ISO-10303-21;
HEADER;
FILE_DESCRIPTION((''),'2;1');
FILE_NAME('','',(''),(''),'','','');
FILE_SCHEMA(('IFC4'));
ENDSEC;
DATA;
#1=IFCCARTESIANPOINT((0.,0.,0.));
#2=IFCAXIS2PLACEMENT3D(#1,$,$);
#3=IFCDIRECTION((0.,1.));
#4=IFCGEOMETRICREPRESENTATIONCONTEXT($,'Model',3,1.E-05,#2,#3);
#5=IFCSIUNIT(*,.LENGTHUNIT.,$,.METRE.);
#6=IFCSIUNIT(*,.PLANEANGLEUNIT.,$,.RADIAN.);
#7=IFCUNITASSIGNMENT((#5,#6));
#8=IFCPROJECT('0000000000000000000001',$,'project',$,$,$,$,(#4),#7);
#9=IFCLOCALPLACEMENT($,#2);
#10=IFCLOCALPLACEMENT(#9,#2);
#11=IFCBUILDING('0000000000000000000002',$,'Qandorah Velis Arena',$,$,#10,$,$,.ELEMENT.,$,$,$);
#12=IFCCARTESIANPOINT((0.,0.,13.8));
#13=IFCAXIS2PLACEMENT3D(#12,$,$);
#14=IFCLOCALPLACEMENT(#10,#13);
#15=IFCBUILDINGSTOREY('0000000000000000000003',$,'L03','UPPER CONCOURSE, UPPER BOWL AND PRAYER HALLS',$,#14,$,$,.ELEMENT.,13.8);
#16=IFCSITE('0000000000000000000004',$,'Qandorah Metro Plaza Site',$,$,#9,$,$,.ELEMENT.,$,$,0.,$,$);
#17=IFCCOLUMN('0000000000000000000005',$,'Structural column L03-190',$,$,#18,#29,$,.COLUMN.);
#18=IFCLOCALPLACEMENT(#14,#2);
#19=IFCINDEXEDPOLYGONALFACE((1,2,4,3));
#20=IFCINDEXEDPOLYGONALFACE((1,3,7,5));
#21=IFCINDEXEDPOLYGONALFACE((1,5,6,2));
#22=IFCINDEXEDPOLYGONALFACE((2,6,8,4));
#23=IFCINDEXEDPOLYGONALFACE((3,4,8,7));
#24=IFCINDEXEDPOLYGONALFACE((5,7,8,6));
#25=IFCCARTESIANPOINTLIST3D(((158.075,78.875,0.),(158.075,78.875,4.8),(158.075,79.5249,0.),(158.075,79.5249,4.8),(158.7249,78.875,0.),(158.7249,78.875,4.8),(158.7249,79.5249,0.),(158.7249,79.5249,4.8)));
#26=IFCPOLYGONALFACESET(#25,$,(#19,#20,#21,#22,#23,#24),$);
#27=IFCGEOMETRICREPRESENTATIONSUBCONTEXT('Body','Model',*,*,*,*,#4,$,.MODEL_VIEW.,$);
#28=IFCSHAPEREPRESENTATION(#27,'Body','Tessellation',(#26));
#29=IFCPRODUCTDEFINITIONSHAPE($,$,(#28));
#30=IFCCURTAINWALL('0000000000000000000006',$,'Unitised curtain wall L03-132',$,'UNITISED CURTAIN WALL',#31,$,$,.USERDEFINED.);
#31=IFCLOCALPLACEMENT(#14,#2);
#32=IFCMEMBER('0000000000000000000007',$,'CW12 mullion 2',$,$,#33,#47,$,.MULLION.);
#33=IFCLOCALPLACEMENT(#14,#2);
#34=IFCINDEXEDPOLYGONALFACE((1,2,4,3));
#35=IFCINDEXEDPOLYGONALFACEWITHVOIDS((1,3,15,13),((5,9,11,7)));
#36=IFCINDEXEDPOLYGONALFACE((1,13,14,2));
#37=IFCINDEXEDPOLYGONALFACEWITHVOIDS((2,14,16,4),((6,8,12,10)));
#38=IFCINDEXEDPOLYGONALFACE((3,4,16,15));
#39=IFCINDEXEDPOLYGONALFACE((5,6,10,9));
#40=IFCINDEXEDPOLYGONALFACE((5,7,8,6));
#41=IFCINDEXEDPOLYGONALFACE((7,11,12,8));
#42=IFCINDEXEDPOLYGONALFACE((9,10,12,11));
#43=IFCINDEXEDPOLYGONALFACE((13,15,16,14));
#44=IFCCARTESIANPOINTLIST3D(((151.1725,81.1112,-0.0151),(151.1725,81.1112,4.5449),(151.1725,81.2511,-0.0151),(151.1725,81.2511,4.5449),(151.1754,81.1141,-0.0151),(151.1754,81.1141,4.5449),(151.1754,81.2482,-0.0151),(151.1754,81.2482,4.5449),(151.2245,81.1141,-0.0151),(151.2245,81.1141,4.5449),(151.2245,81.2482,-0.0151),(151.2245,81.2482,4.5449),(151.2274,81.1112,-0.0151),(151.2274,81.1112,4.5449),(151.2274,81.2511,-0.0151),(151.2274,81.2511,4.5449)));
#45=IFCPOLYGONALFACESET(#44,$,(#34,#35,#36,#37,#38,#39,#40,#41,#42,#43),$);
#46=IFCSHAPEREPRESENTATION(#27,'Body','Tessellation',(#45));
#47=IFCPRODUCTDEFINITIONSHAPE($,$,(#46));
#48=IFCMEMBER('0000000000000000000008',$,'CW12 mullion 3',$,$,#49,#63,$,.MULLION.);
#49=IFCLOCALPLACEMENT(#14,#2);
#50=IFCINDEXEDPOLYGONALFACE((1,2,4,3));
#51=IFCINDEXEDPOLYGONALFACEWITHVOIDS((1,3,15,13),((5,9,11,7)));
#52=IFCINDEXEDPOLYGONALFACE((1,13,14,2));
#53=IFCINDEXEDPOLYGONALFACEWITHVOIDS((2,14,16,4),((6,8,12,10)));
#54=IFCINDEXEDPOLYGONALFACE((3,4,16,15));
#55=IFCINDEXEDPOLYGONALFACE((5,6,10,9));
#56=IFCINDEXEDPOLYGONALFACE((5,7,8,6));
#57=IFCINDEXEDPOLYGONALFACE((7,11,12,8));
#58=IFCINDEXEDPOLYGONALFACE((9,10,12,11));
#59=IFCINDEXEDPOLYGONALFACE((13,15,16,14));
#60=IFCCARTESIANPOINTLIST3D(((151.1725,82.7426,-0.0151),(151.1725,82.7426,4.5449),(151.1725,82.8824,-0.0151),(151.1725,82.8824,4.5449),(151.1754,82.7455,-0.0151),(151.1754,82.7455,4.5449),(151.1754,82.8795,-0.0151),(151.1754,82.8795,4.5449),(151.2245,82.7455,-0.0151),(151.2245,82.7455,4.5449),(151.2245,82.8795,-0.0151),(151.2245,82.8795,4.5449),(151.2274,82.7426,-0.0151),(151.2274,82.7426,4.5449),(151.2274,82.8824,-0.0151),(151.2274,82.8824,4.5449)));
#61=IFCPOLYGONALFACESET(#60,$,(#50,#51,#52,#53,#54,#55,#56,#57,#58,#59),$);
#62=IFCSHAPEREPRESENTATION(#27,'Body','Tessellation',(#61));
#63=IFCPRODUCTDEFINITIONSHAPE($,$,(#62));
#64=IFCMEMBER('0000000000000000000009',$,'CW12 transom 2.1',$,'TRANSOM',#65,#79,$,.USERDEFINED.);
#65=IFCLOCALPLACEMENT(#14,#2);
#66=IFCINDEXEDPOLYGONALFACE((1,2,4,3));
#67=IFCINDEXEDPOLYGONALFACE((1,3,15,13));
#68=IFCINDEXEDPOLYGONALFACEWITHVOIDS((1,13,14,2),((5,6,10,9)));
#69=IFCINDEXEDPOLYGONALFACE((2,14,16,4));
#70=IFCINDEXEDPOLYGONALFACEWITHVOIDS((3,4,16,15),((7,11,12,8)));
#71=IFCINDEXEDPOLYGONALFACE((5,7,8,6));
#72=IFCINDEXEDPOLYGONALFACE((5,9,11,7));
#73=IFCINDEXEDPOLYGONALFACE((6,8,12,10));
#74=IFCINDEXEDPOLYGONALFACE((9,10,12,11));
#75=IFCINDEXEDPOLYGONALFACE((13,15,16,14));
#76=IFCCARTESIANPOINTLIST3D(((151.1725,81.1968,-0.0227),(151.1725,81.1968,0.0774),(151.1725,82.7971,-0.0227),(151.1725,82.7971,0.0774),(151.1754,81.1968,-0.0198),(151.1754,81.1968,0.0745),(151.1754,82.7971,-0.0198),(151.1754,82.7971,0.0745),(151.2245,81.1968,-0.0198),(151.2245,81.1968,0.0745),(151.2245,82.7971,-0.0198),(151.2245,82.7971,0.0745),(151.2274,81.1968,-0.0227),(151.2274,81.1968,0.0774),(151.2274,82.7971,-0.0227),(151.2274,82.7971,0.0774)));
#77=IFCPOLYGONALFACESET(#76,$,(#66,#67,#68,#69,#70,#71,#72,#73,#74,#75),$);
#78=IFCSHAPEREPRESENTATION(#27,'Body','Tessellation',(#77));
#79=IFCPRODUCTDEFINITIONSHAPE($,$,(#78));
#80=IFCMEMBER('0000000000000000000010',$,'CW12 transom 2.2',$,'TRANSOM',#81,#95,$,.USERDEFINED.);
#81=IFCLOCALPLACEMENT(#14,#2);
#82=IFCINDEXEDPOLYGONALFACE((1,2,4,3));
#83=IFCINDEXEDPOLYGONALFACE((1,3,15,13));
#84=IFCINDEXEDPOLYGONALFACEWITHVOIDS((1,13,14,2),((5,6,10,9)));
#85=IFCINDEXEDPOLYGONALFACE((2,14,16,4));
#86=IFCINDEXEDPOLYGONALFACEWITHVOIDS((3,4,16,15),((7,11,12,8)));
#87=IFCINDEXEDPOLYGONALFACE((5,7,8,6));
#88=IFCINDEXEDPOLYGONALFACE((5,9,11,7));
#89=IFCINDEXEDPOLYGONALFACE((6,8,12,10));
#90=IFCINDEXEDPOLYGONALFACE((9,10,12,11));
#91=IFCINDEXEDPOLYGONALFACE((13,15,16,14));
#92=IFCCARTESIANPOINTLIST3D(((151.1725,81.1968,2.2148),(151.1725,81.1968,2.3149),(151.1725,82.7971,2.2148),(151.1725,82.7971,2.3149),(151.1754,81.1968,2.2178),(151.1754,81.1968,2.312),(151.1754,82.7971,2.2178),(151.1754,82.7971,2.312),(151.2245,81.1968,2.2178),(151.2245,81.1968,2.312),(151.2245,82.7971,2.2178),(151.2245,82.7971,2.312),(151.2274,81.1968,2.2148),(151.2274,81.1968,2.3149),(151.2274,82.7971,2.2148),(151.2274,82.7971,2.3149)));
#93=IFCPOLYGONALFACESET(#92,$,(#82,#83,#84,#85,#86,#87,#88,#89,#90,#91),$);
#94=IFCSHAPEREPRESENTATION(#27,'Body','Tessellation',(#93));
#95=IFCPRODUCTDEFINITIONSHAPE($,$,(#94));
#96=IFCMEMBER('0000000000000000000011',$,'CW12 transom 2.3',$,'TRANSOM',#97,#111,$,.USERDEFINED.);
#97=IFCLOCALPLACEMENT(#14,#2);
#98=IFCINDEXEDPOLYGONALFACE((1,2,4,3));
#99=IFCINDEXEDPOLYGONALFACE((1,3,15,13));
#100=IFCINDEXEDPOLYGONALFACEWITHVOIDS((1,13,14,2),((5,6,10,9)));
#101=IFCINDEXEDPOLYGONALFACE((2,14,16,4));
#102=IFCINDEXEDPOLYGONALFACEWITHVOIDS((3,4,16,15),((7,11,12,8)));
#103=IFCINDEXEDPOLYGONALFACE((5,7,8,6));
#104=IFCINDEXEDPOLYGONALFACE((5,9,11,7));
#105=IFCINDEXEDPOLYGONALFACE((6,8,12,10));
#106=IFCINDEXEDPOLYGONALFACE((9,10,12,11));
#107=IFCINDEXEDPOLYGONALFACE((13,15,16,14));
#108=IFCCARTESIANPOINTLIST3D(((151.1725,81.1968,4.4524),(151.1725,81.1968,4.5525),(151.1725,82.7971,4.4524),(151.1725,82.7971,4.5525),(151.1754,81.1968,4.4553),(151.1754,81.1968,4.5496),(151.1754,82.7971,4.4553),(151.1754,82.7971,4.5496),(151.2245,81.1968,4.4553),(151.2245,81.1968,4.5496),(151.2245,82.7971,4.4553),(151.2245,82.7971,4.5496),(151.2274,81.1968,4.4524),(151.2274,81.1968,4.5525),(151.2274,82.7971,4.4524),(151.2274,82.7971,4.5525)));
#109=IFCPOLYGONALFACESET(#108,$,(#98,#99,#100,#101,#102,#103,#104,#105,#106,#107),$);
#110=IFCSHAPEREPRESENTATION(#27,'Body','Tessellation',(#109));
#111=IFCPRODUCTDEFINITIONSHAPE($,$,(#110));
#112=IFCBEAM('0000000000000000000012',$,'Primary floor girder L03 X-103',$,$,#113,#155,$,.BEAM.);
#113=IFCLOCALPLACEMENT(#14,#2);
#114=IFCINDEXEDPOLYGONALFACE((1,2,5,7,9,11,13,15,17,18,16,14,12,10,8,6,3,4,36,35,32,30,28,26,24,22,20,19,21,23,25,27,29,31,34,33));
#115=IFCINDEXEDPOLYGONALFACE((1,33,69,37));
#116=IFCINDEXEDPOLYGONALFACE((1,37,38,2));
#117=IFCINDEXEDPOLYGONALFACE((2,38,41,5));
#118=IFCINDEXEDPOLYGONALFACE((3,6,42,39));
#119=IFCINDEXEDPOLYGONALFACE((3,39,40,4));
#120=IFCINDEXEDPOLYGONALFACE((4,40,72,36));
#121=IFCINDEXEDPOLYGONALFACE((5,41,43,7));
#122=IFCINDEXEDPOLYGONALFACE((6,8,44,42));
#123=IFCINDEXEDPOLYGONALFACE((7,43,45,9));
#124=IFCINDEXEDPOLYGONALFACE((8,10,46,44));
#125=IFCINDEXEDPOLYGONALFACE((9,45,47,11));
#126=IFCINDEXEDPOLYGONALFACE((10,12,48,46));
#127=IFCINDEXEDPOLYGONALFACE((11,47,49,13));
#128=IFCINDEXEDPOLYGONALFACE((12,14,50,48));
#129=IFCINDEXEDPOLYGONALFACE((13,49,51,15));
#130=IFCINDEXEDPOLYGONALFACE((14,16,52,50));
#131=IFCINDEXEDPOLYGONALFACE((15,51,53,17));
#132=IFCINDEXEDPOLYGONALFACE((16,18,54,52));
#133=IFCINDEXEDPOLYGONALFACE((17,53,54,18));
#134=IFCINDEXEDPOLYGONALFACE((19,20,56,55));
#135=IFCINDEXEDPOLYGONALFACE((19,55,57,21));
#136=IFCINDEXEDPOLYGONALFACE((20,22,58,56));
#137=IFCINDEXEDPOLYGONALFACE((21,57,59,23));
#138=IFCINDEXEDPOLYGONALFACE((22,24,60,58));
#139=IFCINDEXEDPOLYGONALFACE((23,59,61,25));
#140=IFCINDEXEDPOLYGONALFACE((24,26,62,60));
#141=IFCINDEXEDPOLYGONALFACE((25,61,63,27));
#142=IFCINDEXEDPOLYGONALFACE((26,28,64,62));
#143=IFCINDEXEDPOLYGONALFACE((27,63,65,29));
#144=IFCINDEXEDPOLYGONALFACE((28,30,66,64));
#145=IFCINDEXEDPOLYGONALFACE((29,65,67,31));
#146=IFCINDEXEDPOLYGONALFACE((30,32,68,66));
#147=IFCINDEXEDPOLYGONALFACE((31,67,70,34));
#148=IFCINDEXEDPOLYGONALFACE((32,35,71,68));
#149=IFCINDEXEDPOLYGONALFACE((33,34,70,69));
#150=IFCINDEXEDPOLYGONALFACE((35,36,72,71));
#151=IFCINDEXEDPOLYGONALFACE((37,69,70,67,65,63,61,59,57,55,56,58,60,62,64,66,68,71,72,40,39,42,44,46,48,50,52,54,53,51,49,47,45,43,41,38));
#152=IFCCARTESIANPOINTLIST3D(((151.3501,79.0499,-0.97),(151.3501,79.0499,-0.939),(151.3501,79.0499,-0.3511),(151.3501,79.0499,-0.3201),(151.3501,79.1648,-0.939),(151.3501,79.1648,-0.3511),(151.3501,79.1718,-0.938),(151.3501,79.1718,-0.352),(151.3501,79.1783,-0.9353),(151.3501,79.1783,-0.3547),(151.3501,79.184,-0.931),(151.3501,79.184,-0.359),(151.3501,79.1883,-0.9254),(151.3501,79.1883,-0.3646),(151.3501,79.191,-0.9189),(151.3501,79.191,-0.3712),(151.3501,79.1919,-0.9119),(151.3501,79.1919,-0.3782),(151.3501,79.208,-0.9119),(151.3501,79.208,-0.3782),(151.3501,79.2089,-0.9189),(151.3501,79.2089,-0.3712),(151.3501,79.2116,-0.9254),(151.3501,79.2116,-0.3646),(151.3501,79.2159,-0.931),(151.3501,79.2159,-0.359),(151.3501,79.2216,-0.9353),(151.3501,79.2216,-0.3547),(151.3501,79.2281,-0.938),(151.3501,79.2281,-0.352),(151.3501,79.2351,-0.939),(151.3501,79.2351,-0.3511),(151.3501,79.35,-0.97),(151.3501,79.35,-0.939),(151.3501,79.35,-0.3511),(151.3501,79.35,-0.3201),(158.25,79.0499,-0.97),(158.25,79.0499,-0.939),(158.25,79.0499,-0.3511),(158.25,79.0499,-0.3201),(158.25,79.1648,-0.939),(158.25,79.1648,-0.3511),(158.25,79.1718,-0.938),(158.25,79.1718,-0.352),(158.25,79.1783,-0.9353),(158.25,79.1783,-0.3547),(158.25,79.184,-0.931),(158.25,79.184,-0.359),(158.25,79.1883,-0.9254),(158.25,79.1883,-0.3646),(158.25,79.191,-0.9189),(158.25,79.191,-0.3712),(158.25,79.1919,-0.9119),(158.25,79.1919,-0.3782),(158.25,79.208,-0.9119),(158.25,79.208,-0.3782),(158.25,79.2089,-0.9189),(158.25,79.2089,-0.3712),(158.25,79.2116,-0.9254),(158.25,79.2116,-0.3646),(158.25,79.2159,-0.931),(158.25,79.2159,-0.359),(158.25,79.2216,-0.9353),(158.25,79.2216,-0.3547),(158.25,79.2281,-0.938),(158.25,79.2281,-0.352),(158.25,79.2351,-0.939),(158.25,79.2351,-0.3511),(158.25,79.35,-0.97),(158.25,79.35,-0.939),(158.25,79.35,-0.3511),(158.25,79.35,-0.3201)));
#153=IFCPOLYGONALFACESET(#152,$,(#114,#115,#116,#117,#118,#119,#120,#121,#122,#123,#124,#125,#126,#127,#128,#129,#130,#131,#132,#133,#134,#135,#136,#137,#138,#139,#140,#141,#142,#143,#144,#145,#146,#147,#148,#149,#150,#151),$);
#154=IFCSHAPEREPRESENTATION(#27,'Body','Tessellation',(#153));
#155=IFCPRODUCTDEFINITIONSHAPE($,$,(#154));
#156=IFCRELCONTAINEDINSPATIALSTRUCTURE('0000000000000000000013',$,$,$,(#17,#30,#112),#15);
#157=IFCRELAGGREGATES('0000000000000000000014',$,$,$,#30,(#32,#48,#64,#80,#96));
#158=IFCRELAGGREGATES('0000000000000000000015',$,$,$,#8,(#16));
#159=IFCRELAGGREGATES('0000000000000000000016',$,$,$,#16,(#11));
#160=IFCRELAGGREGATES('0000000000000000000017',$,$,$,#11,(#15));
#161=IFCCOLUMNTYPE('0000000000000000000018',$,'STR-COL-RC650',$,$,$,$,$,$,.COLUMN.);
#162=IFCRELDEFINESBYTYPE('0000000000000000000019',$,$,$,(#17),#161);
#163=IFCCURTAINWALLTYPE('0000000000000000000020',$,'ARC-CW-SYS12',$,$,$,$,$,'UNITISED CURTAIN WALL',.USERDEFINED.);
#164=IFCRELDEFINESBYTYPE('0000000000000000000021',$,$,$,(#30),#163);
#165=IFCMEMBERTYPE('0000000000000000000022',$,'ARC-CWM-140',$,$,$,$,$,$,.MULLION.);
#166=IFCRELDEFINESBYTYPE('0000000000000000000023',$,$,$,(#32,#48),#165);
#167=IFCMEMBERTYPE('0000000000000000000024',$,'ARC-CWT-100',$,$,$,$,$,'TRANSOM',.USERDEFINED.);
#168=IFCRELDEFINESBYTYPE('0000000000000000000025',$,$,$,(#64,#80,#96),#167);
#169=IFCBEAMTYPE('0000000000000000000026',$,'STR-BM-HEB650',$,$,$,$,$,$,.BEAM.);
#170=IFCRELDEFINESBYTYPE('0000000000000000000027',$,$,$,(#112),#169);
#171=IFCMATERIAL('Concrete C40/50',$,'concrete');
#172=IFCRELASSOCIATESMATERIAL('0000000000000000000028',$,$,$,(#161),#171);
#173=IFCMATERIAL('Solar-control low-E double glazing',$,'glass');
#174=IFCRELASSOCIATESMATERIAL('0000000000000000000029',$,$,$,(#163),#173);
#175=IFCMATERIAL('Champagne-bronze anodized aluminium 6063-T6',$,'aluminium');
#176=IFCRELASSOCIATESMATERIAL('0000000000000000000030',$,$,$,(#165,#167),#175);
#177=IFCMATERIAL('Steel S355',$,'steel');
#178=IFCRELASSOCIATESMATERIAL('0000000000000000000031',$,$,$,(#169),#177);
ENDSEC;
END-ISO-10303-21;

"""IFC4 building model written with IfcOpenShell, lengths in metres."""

from ifc_helpers import new_model, si_unit, direction, frame, origin, origin_2d, place, context, subcontext, project, spatial, rectangle, hollow_rectangle, i_section, extrude, material, material_profile, profile_set, type_object, element, aggregate, save


model = new_model("IFC4")

# Units and contexts
model_context = context("Model", 3, precision=1e-05, world=origin(), true_north=direction((0.0, 1.0)))
body_context = subcontext(model_context, "Body", "Model", "MODEL_VIEW")
ifc_project = project(units=[si_unit("LENGTHUNIT", "METRE"), si_unit("PLANEANGLEUNIT", "RADIAN")], contexts=[model_context])

# Site, building, storey
site_placement = place(None, origin())
site = spatial("IfcSite", under=ifc_project, at=site_placement, Name="Qandorah Metro Plaza Site", CompositionType="ELEMENT", RefElevation=0.0)
building_placement = place(site_placement, origin())
building = spatial("IfcBuilding", under=site, at=building_placement, Name="Qandorah Velis Arena", CompositionType="ELEMENT")
storey_placement = place(building_placement, frame((0.0, 0.0, 13.8)))
storey = spatial("IfcBuildingStorey", under=building, at=storey_placement, Name="L03", Description="UPPER CONCOURSE, UPPER BOWL AND PRAYER HALLS", CompositionType="ELEMENT", Elevation=13.8)

# Column
ifc_material_1 = material(Name="Concrete C40/50", Category="concrete")
ifc_material_profile_1 = material_profile(ifc_material_1, rectangle(XDim=0.6499, YDim=0.6499, at=origin_2d()), Name="RC COL 650x650")
ifc_profile_set_1 = profile_set([ifc_material_profile_1], Name="Concrete C40/50")
column_type = type_object("IfcColumnType", Name="STR-COL-RC650", PredefinedType="COLUMN", material=ifc_profile_set_1)
column_placement = place(storey_placement, frame((158.3999, 79.2, 0.0), z_axis=(0.0, 0.0, 1.0), x_axis=(1.0, 0.0, 0.0)))
element("IfcColumn", 1, at=column_placement, inside=storey, type_object=column_type, Name="Structural column L03-190", PredefinedType="COLUMN", context=body_context, shape_type="SweptSolid", body=[
    extrude(rectangle(XDim=0.6499, YDim=0.6499, at=origin_2d()), origin(), (0.0, 0.0, 1.0), 4.8),
])

# Curtain wall, members
ifc_material_2 = material(Name="Solar-control low-E double glazing", Category="glass")
curtain_wall_type = type_object("IfcCurtainWallType", Name="ARC-CW-SYS12", ElementType="UNITISED CURTAIN WALL", PredefinedType="USERDEFINED", material=ifc_material_2)
curtain_wall_placement = place(storey_placement, origin())
curtain_wall = element("IfcCurtainWall", 2, at=curtain_wall_placement, inside=storey, type_object=curtain_wall_type, Name="Unitised curtain wall L03-132", ObjectType="UNITISED CURTAIN WALL", PredefinedType="USERDEFINED")
ifc_material_3 = material(Name="Champagne-bronze anodized aluminium 6063-T6", Category="aluminium")
ifc_material_profile_2 = material_profile(ifc_material_3, hollow_rectangle(XDim=0.0549, YDim=0.1399, WallThickness=0.0029, at=origin_2d()), Name="ALU MULLION 55x140")
ifc_profile_set_2 = profile_set([ifc_material_profile_2], Name="Champagne-bronze anodized aluminium 6063-T6")
member_type_1 = type_object("IfcMemberType", Name="ARC-CWM-140", PredefinedType="MULLION", material=ifc_profile_set_2)
member_1_placement = place(storey_placement, frame((151.2, 81.1812, -0.0151), z_axis=(0.0, 0.0, 1.0), x_axis=(-1.0, 0.0, 0.0)))
member_1 = element("IfcMember", 3, at=member_1_placement, type_object=member_type_1, Name="CW12 mullion 2", PredefinedType="MULLION", context=body_context, shape_type="SweptSolid", body=[
    extrude(hollow_rectangle(XDim=0.0549, YDim=0.1399, WallThickness=0.0029, at=origin_2d()), origin(), (0.0, 0.0, 1.0), 4.5601),
])
member_2_placement = place(storey_placement, frame((151.2, 82.8125, -0.0151), z_axis=(0.0, 0.0, 1.0), x_axis=(-1.0, 0.0, 0.0)))
member_2 = element("IfcMember", 4, at=member_2_placement, type_object=member_type_1, Name="CW12 mullion 3", PredefinedType="MULLION", context=body_context, shape_type="SweptSolid", body=[
    extrude(hollow_rectangle(XDim=0.0549, YDim=0.1399, WallThickness=0.0029, at=origin_2d()), origin(), (0.0, 0.0, 1.0), 4.5601),
])
ifc_material_profile_3 = material_profile(ifc_material_3, hollow_rectangle(XDim=0.0549, YDim=0.1001, WallThickness=0.0029, at=origin_2d()), Name="ALU TRANSOM 55x100")
ifc_profile_set_3 = profile_set([ifc_material_profile_3], Name="Champagne-bronze anodized aluminium 6063-T6")
member_type_2 = type_object("IfcMemberType", Name="ARC-CWT-100", ElementType="TRANSOM", PredefinedType="USERDEFINED", material=ifc_profile_set_3)
member_3_placement = place(storey_placement, frame((151.2, 81.1968, 0.0273), z_axis=(0.0, 1.0, 0.0), x_axis=(-1.0, 0.0, 0.0)))
member_3 = element("IfcMember", 5, at=member_3_placement, type_object=member_type_2, Name="CW12 transom 2.1", ObjectType="TRANSOM", PredefinedType="USERDEFINED", context=body_context, shape_type="SweptSolid", body=[
    extrude(hollow_rectangle(XDim=0.0549, YDim=0.1001, WallThickness=0.0029, at=origin_2d()), origin(), (0.0, 0.0, 1.0), 1.6003),
])
member_4_placement = place(storey_placement, frame((151.2, 81.1968, 2.2649), z_axis=(0.0, 1.0, 0.0), x_axis=(-1.0, 0.0, 0.0)))
member_4 = element("IfcMember", 6, at=member_4_placement, type_object=member_type_2, Name="CW12 transom 2.2", ObjectType="TRANSOM", PredefinedType="USERDEFINED", context=body_context, shape_type="SweptSolid", body=[
    extrude(hollow_rectangle(XDim=0.0549, YDim=0.1001, WallThickness=0.0029, at=origin_2d()), origin(), (0.0, 0.0, 1.0), 1.6003),
])
member_5_placement = place(storey_placement, frame((151.2, 81.1968, 4.5024), z_axis=(0.0, 1.0, 0.0), x_axis=(-1.0, 0.0, 0.0)))
member_5 = element("IfcMember", 7, at=member_5_placement, type_object=member_type_2, Name="CW12 transom 2.3", ObjectType="TRANSOM", PredefinedType="USERDEFINED", context=body_context, shape_type="SweptSolid", body=[
    extrude(hollow_rectangle(XDim=0.0549, YDim=0.1001, WallThickness=0.0029, at=origin_2d()), origin(), (0.0, 0.0, 1.0), 1.6003),
])

# Beam
ifc_material_4 = material(Name="Steel S355", Category="steel")
ifc_material_profile_4 = material_profile(ifc_material_4, i_section(OverallWidth=0.3, OverallDepth=0.6499, WebThickness=0.0161, FlangeThickness=0.031, FilletRadius=0.0271, at=origin_2d()), Name="HEB 650")
ifc_profile_set_4 = profile_set([ifc_material_profile_4], Name="Steel S355")
beam_type = type_object("IfcBeamType", Name="STR-BM-HEB650", PredefinedType="BEAM", material=ifc_profile_set_4)
for number, where, z_axis, x_axis, name in (
    (8, (151.3501, 79.2, -0.645), (1.0, 0.0, 0.0), (0.0, 1.0, 0.0), "Primary floor girder L03 X-103"),
):
    element("IfcBeam", number, at=place(storey_placement, frame(where, z_axis=z_axis, x_axis=x_axis)), inside=storey, type_object=beam_type, Name=name, PredefinedType="BEAM", context=body_context, shape_type="SweptSolid", body=[
        extrude(i_section(OverallWidth=0.3, OverallDepth=0.6499, WebThickness=0.0161, FlangeThickness=0.031, FilletRadius=0.0271, at=origin_2d()), origin(), (0.0, 0.0, 1.0), 6.8999),
    ])

aggregate(curtain_wall, [member_1, member_2, member_3, member_4, member_5])

save(model, "model.ifc")
